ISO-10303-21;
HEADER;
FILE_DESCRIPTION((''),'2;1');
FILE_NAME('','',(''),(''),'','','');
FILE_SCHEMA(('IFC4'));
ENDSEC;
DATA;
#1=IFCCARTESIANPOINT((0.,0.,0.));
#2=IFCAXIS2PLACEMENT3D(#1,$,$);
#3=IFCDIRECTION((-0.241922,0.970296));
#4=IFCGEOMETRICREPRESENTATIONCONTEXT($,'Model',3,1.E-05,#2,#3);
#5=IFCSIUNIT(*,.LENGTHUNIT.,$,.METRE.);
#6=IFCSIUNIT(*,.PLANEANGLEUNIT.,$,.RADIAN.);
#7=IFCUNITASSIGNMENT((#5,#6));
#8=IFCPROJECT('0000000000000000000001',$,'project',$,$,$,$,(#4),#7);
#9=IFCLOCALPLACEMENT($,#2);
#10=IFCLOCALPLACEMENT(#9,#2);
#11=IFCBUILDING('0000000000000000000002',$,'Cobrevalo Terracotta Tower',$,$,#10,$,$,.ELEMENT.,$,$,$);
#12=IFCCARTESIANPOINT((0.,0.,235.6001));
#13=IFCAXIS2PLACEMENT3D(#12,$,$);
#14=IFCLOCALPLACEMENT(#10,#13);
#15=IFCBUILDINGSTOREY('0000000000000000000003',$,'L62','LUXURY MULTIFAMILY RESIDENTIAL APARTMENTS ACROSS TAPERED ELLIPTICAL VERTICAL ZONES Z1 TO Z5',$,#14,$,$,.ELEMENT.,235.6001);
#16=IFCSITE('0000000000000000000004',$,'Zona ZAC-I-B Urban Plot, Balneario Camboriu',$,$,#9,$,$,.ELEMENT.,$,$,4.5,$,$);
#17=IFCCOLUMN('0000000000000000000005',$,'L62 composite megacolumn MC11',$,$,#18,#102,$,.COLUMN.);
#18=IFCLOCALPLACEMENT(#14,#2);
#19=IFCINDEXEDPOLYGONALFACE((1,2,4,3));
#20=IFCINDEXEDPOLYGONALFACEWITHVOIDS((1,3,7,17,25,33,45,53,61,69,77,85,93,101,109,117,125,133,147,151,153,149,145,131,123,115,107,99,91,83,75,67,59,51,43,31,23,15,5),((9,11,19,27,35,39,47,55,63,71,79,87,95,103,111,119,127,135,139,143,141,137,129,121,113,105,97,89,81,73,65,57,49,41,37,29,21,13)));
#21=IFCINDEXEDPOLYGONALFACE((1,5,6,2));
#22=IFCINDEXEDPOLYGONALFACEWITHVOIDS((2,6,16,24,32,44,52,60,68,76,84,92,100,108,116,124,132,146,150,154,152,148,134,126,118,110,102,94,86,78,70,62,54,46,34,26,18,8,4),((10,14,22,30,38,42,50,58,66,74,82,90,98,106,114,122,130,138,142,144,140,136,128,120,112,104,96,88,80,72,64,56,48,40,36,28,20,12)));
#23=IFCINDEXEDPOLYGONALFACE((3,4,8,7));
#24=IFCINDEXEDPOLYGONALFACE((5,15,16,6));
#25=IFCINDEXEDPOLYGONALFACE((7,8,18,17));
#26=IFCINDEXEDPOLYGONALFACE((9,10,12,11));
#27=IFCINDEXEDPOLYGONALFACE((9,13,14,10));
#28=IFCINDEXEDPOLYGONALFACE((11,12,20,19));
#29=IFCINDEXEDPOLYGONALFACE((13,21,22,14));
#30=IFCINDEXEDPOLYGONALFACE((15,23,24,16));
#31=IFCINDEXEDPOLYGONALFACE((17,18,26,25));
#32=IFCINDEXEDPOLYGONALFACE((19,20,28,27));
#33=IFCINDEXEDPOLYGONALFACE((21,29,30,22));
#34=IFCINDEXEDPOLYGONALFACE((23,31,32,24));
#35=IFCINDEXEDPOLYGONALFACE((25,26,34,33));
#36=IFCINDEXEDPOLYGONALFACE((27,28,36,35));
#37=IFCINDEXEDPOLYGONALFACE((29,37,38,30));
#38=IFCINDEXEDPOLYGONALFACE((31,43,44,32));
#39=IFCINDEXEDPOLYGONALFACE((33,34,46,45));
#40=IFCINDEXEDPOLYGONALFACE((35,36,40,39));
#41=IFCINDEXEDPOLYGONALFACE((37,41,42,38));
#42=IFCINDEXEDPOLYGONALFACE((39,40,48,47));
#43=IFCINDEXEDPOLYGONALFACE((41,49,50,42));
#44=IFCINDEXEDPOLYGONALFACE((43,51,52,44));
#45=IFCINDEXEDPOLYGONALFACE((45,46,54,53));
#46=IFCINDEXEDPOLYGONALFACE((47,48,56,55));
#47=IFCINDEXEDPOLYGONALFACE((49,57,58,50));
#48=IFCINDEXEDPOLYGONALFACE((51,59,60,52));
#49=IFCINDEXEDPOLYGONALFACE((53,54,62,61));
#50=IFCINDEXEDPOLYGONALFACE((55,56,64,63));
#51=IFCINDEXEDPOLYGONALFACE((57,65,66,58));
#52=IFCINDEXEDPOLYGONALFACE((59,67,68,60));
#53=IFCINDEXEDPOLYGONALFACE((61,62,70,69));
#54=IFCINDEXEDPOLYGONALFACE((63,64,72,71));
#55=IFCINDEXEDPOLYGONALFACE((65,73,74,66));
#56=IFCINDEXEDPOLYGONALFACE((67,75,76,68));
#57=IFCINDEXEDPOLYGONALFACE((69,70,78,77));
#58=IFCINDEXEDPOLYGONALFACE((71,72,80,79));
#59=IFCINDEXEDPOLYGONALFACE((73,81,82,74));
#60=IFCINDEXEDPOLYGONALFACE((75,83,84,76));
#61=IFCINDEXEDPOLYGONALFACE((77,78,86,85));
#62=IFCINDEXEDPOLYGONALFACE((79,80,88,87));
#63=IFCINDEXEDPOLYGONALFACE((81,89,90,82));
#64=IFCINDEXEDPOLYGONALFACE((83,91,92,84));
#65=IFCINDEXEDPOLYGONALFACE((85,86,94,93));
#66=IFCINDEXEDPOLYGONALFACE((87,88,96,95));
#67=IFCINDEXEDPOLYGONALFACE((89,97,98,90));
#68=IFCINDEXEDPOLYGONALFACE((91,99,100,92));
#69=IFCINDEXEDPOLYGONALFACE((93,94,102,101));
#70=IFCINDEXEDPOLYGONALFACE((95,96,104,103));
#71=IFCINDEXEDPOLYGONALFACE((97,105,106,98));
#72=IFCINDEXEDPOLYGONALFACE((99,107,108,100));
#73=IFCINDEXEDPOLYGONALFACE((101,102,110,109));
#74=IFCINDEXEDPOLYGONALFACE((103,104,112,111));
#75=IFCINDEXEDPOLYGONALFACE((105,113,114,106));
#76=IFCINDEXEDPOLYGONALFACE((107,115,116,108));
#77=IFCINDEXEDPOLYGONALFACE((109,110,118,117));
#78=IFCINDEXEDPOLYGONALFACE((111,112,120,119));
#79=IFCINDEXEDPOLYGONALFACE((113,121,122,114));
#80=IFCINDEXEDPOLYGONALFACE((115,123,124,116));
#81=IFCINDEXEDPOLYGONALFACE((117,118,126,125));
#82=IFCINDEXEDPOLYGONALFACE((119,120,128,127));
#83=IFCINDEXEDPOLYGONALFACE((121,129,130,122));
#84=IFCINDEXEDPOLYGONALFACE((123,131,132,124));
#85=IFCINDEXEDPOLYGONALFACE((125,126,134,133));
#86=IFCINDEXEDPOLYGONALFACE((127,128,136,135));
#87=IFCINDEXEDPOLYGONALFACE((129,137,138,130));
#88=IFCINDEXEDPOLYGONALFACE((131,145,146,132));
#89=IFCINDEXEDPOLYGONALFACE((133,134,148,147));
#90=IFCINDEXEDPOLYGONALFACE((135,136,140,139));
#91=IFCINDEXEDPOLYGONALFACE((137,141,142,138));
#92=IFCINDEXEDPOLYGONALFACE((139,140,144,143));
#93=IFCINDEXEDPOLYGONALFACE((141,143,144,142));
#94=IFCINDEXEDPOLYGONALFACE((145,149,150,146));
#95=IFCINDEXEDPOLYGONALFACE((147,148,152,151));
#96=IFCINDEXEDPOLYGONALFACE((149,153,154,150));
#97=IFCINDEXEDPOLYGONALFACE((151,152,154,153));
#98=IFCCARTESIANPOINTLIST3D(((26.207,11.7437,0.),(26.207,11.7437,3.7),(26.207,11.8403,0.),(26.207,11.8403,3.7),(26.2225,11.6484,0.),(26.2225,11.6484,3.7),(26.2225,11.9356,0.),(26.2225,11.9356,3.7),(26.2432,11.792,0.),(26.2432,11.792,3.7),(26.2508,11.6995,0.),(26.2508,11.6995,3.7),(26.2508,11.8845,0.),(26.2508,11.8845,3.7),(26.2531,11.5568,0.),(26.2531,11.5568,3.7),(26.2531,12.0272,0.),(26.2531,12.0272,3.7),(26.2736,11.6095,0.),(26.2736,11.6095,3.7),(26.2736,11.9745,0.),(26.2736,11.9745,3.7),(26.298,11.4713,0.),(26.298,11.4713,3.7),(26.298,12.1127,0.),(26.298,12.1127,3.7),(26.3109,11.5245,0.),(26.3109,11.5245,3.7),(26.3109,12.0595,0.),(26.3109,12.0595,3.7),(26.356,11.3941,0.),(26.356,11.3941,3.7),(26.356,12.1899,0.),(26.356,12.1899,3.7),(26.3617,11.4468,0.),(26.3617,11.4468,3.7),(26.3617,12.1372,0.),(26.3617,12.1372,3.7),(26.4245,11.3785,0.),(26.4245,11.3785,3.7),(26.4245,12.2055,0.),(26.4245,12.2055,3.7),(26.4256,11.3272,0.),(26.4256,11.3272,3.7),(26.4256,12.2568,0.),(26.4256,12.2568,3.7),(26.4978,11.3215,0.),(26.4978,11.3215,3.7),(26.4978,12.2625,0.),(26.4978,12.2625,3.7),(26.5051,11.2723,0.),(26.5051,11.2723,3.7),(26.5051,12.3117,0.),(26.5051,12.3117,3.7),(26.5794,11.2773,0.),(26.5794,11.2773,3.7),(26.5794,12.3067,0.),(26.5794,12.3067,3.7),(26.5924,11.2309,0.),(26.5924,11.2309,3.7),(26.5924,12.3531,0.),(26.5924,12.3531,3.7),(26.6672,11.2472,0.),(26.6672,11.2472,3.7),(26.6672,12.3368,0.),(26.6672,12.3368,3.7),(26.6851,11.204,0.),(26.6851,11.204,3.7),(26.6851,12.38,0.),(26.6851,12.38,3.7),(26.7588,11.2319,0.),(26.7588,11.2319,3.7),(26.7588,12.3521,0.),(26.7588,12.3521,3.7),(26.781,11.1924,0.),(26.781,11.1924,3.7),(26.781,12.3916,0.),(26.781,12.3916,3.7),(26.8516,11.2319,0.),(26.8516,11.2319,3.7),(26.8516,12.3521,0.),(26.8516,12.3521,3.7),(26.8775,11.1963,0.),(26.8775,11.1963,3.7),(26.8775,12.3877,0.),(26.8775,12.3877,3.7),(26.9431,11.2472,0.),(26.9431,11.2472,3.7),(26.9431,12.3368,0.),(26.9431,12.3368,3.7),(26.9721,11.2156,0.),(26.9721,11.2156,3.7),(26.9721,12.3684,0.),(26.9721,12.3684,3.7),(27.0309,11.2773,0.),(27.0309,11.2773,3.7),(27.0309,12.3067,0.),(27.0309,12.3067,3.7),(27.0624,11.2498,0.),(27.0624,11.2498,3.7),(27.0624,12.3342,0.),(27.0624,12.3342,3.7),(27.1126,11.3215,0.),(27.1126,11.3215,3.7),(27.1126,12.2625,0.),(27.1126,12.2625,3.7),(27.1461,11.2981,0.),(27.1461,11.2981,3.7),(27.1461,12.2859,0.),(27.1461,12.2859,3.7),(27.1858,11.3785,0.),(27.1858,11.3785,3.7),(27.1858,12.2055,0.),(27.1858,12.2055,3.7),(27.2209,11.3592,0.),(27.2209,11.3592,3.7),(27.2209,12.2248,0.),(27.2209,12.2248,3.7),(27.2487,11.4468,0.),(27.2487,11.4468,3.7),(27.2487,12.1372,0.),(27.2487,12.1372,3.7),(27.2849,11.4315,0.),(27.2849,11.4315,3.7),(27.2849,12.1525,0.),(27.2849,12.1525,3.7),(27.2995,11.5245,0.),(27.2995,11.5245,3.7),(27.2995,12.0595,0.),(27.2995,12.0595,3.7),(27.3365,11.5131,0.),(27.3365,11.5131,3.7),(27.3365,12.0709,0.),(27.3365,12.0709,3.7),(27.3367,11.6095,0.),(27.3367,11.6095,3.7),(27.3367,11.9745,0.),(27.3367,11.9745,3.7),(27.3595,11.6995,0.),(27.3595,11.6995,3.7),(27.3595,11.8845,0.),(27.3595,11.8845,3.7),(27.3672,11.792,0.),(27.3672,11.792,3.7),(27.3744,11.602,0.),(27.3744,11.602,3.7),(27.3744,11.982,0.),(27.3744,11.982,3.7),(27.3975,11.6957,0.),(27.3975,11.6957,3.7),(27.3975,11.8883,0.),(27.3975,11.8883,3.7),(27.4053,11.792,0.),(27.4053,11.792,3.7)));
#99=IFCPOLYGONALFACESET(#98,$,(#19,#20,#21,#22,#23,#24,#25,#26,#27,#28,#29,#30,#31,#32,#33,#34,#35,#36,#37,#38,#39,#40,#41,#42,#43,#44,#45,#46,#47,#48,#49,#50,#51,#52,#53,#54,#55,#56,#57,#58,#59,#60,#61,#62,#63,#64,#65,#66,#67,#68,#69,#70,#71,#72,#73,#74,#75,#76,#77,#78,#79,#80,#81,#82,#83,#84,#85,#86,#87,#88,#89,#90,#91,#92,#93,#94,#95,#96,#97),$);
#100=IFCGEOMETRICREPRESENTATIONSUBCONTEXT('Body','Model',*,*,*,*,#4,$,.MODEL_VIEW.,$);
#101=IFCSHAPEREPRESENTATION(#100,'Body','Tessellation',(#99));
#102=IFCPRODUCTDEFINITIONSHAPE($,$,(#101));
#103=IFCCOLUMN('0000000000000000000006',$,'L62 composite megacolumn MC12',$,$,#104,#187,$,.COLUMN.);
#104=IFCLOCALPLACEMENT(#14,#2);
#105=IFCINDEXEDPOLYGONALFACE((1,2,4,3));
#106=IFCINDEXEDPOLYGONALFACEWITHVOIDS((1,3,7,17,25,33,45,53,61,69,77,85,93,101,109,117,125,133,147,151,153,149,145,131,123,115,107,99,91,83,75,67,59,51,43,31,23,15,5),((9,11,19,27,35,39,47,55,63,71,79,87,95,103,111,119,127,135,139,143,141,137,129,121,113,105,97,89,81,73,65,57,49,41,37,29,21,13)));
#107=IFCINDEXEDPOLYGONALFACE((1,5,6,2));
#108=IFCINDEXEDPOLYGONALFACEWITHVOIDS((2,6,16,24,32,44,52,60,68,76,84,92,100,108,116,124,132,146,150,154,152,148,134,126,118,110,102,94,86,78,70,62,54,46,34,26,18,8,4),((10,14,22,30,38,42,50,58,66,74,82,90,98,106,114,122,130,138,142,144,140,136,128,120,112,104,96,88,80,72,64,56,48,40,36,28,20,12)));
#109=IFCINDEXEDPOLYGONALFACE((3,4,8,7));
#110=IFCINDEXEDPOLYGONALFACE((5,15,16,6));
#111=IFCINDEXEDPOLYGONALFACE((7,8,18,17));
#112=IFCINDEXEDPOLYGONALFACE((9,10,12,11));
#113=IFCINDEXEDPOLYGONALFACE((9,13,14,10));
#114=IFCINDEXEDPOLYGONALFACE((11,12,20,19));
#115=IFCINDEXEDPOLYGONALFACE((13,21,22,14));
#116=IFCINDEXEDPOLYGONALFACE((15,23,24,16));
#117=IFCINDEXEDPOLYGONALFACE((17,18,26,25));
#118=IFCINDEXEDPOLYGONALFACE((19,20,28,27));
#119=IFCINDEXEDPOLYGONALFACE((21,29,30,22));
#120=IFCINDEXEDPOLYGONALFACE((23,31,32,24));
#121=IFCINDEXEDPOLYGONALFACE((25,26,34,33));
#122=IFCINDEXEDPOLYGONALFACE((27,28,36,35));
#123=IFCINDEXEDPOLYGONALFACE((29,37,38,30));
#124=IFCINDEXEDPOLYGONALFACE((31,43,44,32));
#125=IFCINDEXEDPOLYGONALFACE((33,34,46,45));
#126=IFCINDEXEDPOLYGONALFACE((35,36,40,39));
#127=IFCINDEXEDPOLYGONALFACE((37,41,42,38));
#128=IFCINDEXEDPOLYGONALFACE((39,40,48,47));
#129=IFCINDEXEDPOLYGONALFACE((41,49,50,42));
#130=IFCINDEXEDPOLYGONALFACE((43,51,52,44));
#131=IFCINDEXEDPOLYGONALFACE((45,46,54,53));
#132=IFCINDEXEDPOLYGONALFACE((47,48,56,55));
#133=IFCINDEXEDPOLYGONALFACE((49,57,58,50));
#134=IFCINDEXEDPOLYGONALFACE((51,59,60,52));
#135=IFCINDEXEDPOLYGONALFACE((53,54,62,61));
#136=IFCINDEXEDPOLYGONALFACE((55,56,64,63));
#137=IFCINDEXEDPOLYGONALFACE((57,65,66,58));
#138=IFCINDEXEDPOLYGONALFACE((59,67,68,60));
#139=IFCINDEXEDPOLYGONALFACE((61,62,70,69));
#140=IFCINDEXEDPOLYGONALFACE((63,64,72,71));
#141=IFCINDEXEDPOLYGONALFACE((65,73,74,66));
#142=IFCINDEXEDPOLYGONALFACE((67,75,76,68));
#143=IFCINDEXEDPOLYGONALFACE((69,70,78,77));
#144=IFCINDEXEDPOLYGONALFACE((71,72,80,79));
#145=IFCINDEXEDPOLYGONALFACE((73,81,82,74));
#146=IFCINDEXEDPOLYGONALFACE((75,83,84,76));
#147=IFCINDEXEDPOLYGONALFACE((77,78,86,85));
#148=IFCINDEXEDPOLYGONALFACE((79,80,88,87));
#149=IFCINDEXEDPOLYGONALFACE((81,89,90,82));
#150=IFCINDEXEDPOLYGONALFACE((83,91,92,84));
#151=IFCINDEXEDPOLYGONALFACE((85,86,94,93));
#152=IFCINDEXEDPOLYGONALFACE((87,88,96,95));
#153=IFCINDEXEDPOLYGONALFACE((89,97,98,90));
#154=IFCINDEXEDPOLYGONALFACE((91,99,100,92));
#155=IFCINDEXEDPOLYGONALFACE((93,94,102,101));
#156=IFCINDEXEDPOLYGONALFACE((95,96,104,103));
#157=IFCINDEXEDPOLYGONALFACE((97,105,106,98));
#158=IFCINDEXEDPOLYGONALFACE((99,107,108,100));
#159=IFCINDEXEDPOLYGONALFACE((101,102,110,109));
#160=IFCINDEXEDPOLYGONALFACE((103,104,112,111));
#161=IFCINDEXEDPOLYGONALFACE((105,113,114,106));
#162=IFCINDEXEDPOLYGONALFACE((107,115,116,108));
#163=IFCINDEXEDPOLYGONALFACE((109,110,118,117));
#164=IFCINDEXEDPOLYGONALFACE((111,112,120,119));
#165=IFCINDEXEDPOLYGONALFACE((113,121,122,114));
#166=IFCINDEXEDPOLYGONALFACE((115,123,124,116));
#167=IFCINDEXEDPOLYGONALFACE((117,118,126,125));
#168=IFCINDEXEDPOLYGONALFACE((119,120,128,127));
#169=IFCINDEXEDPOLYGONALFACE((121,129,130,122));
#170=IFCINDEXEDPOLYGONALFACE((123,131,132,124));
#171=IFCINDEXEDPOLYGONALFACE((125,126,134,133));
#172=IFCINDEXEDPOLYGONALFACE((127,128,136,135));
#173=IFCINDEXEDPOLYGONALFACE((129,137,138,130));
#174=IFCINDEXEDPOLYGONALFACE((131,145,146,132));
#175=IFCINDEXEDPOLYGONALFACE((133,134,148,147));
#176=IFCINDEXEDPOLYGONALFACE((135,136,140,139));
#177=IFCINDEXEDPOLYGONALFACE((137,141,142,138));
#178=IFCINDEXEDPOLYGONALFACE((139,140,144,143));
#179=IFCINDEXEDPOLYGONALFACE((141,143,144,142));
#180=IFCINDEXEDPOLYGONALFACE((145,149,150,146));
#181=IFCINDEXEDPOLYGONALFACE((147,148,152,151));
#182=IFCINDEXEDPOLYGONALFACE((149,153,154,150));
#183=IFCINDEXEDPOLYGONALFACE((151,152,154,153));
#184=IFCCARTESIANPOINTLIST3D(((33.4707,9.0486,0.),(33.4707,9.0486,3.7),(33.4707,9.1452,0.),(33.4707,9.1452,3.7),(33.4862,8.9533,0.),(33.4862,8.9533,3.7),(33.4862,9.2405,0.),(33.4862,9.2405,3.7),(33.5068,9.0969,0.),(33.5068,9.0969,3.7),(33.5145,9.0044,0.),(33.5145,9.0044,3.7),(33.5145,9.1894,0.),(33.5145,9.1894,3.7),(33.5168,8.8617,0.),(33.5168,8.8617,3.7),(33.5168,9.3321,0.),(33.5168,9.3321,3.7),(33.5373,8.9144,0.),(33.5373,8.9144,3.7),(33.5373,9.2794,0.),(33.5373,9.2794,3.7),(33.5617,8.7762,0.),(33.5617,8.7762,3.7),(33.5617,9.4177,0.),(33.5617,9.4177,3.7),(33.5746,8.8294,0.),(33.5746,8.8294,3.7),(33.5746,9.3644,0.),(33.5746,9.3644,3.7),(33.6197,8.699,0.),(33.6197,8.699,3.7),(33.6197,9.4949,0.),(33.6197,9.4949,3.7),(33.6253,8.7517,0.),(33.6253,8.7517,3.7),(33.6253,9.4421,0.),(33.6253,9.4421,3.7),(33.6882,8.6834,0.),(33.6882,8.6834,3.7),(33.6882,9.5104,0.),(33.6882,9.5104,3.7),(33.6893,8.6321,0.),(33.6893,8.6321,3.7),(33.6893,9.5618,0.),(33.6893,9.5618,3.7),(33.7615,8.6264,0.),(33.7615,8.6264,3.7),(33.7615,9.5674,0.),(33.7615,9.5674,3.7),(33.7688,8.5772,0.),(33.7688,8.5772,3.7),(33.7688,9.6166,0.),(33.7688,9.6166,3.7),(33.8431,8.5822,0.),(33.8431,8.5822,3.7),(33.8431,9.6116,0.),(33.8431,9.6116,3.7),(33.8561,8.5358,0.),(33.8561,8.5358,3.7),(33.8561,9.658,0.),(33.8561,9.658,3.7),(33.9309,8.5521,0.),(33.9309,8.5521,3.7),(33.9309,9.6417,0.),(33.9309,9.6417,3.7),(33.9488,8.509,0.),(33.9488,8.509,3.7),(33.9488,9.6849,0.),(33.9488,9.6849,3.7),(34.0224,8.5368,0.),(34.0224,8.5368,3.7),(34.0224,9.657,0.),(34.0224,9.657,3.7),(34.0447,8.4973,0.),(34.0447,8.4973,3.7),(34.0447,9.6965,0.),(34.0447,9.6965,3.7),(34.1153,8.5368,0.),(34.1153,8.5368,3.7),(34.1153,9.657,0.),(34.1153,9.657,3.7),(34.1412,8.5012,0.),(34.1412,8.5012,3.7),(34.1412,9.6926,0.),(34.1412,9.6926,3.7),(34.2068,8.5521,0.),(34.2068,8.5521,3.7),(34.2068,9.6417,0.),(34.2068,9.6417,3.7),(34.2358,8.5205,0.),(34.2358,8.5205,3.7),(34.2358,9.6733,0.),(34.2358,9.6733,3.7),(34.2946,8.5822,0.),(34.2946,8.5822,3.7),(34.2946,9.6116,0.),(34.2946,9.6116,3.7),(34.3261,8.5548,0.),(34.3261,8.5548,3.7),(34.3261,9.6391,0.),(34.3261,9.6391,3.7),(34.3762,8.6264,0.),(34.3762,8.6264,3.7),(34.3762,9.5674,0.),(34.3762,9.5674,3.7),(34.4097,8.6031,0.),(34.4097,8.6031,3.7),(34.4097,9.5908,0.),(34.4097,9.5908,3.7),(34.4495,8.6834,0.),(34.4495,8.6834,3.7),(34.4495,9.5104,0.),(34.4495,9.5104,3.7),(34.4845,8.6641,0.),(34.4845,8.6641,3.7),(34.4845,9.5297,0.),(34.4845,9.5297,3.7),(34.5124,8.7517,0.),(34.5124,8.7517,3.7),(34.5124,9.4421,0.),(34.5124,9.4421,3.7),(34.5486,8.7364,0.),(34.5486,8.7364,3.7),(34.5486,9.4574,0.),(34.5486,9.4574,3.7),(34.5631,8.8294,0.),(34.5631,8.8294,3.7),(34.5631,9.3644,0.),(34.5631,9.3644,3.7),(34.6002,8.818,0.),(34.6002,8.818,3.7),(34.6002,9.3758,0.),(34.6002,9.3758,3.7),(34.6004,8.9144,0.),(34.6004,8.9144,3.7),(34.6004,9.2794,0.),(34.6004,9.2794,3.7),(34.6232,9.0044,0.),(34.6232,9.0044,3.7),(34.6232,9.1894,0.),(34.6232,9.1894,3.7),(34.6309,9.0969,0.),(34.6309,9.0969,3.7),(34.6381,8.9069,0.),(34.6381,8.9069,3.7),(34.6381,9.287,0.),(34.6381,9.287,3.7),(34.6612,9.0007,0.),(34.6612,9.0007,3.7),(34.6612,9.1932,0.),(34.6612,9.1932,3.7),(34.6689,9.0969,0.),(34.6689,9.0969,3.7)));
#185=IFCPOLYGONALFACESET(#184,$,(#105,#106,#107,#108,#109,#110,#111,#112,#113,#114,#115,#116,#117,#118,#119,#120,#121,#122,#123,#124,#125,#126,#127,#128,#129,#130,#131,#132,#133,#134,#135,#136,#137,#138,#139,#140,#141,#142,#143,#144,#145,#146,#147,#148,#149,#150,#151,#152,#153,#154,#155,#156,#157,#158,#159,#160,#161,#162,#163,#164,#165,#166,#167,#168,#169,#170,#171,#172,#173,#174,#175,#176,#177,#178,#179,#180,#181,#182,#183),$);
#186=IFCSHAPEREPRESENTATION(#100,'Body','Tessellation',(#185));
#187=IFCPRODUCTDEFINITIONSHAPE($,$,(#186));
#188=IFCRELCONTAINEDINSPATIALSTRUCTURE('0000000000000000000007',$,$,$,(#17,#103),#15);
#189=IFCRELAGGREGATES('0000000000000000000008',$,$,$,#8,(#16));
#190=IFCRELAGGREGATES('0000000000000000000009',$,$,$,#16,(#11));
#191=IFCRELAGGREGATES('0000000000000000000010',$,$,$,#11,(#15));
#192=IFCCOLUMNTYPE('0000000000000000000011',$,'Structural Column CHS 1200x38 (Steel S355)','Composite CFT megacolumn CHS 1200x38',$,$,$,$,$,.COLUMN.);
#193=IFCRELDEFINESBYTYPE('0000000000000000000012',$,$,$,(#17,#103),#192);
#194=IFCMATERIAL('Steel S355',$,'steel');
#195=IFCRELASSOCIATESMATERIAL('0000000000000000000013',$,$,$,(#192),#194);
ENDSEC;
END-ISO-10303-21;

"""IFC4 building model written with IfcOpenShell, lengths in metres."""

from ifc_helpers import new_model, si_unit, direction, frame, origin, origin_2d, place, context, subcontext, project, spatial, hollow_circle, extrude, material, material_profile, profile_set, type_object, element, save


model = new_model("IFC4")

# Units and contexts
model_context = context("Model", 3, precision=1e-05, world=origin(), true_north=direction((-0.241922, 0.970296)))
body_context = subcontext(model_context, "Body", "Model", "MODEL_VIEW")
ifc_project = project(units=[si_unit("LENGTHUNIT", "METRE"), si_unit("PLANEANGLEUNIT", "RADIAN")], contexts=[model_context])

# Site, building, storey
site_placement = place(None, origin())
site = spatial("IfcSite", under=ifc_project, at=site_placement, Name="Zona ZAC-I-B Urban Plot, Balneario Camboriu", CompositionType="ELEMENT", RefElevation=4.5)
building_placement = place(site_placement, origin())
building = spatial("IfcBuilding", under=site, at=building_placement, Name="Cobrevalo Terracotta Tower", CompositionType="ELEMENT")
storey_placement = place(building_placement, frame((0.0, 0.0, 235.6001)))
storey = spatial("IfcBuildingStorey", under=building, at=storey_placement, Name="L62", Description="LUXURY MULTIFAMILY RESIDENTIAL APARTMENTS ACROSS TAPERED ELLIPTICAL VERTICAL ZONES Z1 TO Z5", CompositionType="ELEMENT", Elevation=235.6001)

# Columns
ifc_material_1 = material(Name="Steel S355", Category="steel")
ifc_material_profile_1 = material_profile(ifc_material_1, hollow_circle(Radius=0.6001, WallThickness=0.0381, at=origin_2d()), Name="CHS 1200x38")
ifc_profile_set_1 = profile_set([ifc_material_profile_1], Name="Steel S355")
column_type = type_object("IfcColumnType", Name="Structural Column CHS 1200x38 (Steel S355)", Description="Composite CFT megacolumn CHS 1200x38", PredefinedType="COLUMN", material=ifc_profile_set_1)
for number, where, z_axis, x_axis, name in (
    (1, (26.8052, 11.792, 0.0), (0.0, 0.0, 1.0), (1.0, 0.0, 0.0), "L62 composite megacolumn MC11"),
    (2, (34.0688, 9.0969, 0.0), (0.0, 0.0, 1.0), (1.0, 0.0, 0.0), "L62 composite megacolumn MC12"),
):
    element("IfcColumn", number, at=place(storey_placement, frame(where, z_axis=z_axis, x_axis=x_axis)), inside=storey, type_object=column_type, Name=name, PredefinedType="COLUMN", context=body_context, shape_type="SweptSolid", body=[
        extrude(hollow_circle(Radius=0.6001, WallThickness=0.0381, at=origin_2d()), origin(), (0.0, 0.0, 1.0), 3.7),
    ])

save(model, "model.ifc")
